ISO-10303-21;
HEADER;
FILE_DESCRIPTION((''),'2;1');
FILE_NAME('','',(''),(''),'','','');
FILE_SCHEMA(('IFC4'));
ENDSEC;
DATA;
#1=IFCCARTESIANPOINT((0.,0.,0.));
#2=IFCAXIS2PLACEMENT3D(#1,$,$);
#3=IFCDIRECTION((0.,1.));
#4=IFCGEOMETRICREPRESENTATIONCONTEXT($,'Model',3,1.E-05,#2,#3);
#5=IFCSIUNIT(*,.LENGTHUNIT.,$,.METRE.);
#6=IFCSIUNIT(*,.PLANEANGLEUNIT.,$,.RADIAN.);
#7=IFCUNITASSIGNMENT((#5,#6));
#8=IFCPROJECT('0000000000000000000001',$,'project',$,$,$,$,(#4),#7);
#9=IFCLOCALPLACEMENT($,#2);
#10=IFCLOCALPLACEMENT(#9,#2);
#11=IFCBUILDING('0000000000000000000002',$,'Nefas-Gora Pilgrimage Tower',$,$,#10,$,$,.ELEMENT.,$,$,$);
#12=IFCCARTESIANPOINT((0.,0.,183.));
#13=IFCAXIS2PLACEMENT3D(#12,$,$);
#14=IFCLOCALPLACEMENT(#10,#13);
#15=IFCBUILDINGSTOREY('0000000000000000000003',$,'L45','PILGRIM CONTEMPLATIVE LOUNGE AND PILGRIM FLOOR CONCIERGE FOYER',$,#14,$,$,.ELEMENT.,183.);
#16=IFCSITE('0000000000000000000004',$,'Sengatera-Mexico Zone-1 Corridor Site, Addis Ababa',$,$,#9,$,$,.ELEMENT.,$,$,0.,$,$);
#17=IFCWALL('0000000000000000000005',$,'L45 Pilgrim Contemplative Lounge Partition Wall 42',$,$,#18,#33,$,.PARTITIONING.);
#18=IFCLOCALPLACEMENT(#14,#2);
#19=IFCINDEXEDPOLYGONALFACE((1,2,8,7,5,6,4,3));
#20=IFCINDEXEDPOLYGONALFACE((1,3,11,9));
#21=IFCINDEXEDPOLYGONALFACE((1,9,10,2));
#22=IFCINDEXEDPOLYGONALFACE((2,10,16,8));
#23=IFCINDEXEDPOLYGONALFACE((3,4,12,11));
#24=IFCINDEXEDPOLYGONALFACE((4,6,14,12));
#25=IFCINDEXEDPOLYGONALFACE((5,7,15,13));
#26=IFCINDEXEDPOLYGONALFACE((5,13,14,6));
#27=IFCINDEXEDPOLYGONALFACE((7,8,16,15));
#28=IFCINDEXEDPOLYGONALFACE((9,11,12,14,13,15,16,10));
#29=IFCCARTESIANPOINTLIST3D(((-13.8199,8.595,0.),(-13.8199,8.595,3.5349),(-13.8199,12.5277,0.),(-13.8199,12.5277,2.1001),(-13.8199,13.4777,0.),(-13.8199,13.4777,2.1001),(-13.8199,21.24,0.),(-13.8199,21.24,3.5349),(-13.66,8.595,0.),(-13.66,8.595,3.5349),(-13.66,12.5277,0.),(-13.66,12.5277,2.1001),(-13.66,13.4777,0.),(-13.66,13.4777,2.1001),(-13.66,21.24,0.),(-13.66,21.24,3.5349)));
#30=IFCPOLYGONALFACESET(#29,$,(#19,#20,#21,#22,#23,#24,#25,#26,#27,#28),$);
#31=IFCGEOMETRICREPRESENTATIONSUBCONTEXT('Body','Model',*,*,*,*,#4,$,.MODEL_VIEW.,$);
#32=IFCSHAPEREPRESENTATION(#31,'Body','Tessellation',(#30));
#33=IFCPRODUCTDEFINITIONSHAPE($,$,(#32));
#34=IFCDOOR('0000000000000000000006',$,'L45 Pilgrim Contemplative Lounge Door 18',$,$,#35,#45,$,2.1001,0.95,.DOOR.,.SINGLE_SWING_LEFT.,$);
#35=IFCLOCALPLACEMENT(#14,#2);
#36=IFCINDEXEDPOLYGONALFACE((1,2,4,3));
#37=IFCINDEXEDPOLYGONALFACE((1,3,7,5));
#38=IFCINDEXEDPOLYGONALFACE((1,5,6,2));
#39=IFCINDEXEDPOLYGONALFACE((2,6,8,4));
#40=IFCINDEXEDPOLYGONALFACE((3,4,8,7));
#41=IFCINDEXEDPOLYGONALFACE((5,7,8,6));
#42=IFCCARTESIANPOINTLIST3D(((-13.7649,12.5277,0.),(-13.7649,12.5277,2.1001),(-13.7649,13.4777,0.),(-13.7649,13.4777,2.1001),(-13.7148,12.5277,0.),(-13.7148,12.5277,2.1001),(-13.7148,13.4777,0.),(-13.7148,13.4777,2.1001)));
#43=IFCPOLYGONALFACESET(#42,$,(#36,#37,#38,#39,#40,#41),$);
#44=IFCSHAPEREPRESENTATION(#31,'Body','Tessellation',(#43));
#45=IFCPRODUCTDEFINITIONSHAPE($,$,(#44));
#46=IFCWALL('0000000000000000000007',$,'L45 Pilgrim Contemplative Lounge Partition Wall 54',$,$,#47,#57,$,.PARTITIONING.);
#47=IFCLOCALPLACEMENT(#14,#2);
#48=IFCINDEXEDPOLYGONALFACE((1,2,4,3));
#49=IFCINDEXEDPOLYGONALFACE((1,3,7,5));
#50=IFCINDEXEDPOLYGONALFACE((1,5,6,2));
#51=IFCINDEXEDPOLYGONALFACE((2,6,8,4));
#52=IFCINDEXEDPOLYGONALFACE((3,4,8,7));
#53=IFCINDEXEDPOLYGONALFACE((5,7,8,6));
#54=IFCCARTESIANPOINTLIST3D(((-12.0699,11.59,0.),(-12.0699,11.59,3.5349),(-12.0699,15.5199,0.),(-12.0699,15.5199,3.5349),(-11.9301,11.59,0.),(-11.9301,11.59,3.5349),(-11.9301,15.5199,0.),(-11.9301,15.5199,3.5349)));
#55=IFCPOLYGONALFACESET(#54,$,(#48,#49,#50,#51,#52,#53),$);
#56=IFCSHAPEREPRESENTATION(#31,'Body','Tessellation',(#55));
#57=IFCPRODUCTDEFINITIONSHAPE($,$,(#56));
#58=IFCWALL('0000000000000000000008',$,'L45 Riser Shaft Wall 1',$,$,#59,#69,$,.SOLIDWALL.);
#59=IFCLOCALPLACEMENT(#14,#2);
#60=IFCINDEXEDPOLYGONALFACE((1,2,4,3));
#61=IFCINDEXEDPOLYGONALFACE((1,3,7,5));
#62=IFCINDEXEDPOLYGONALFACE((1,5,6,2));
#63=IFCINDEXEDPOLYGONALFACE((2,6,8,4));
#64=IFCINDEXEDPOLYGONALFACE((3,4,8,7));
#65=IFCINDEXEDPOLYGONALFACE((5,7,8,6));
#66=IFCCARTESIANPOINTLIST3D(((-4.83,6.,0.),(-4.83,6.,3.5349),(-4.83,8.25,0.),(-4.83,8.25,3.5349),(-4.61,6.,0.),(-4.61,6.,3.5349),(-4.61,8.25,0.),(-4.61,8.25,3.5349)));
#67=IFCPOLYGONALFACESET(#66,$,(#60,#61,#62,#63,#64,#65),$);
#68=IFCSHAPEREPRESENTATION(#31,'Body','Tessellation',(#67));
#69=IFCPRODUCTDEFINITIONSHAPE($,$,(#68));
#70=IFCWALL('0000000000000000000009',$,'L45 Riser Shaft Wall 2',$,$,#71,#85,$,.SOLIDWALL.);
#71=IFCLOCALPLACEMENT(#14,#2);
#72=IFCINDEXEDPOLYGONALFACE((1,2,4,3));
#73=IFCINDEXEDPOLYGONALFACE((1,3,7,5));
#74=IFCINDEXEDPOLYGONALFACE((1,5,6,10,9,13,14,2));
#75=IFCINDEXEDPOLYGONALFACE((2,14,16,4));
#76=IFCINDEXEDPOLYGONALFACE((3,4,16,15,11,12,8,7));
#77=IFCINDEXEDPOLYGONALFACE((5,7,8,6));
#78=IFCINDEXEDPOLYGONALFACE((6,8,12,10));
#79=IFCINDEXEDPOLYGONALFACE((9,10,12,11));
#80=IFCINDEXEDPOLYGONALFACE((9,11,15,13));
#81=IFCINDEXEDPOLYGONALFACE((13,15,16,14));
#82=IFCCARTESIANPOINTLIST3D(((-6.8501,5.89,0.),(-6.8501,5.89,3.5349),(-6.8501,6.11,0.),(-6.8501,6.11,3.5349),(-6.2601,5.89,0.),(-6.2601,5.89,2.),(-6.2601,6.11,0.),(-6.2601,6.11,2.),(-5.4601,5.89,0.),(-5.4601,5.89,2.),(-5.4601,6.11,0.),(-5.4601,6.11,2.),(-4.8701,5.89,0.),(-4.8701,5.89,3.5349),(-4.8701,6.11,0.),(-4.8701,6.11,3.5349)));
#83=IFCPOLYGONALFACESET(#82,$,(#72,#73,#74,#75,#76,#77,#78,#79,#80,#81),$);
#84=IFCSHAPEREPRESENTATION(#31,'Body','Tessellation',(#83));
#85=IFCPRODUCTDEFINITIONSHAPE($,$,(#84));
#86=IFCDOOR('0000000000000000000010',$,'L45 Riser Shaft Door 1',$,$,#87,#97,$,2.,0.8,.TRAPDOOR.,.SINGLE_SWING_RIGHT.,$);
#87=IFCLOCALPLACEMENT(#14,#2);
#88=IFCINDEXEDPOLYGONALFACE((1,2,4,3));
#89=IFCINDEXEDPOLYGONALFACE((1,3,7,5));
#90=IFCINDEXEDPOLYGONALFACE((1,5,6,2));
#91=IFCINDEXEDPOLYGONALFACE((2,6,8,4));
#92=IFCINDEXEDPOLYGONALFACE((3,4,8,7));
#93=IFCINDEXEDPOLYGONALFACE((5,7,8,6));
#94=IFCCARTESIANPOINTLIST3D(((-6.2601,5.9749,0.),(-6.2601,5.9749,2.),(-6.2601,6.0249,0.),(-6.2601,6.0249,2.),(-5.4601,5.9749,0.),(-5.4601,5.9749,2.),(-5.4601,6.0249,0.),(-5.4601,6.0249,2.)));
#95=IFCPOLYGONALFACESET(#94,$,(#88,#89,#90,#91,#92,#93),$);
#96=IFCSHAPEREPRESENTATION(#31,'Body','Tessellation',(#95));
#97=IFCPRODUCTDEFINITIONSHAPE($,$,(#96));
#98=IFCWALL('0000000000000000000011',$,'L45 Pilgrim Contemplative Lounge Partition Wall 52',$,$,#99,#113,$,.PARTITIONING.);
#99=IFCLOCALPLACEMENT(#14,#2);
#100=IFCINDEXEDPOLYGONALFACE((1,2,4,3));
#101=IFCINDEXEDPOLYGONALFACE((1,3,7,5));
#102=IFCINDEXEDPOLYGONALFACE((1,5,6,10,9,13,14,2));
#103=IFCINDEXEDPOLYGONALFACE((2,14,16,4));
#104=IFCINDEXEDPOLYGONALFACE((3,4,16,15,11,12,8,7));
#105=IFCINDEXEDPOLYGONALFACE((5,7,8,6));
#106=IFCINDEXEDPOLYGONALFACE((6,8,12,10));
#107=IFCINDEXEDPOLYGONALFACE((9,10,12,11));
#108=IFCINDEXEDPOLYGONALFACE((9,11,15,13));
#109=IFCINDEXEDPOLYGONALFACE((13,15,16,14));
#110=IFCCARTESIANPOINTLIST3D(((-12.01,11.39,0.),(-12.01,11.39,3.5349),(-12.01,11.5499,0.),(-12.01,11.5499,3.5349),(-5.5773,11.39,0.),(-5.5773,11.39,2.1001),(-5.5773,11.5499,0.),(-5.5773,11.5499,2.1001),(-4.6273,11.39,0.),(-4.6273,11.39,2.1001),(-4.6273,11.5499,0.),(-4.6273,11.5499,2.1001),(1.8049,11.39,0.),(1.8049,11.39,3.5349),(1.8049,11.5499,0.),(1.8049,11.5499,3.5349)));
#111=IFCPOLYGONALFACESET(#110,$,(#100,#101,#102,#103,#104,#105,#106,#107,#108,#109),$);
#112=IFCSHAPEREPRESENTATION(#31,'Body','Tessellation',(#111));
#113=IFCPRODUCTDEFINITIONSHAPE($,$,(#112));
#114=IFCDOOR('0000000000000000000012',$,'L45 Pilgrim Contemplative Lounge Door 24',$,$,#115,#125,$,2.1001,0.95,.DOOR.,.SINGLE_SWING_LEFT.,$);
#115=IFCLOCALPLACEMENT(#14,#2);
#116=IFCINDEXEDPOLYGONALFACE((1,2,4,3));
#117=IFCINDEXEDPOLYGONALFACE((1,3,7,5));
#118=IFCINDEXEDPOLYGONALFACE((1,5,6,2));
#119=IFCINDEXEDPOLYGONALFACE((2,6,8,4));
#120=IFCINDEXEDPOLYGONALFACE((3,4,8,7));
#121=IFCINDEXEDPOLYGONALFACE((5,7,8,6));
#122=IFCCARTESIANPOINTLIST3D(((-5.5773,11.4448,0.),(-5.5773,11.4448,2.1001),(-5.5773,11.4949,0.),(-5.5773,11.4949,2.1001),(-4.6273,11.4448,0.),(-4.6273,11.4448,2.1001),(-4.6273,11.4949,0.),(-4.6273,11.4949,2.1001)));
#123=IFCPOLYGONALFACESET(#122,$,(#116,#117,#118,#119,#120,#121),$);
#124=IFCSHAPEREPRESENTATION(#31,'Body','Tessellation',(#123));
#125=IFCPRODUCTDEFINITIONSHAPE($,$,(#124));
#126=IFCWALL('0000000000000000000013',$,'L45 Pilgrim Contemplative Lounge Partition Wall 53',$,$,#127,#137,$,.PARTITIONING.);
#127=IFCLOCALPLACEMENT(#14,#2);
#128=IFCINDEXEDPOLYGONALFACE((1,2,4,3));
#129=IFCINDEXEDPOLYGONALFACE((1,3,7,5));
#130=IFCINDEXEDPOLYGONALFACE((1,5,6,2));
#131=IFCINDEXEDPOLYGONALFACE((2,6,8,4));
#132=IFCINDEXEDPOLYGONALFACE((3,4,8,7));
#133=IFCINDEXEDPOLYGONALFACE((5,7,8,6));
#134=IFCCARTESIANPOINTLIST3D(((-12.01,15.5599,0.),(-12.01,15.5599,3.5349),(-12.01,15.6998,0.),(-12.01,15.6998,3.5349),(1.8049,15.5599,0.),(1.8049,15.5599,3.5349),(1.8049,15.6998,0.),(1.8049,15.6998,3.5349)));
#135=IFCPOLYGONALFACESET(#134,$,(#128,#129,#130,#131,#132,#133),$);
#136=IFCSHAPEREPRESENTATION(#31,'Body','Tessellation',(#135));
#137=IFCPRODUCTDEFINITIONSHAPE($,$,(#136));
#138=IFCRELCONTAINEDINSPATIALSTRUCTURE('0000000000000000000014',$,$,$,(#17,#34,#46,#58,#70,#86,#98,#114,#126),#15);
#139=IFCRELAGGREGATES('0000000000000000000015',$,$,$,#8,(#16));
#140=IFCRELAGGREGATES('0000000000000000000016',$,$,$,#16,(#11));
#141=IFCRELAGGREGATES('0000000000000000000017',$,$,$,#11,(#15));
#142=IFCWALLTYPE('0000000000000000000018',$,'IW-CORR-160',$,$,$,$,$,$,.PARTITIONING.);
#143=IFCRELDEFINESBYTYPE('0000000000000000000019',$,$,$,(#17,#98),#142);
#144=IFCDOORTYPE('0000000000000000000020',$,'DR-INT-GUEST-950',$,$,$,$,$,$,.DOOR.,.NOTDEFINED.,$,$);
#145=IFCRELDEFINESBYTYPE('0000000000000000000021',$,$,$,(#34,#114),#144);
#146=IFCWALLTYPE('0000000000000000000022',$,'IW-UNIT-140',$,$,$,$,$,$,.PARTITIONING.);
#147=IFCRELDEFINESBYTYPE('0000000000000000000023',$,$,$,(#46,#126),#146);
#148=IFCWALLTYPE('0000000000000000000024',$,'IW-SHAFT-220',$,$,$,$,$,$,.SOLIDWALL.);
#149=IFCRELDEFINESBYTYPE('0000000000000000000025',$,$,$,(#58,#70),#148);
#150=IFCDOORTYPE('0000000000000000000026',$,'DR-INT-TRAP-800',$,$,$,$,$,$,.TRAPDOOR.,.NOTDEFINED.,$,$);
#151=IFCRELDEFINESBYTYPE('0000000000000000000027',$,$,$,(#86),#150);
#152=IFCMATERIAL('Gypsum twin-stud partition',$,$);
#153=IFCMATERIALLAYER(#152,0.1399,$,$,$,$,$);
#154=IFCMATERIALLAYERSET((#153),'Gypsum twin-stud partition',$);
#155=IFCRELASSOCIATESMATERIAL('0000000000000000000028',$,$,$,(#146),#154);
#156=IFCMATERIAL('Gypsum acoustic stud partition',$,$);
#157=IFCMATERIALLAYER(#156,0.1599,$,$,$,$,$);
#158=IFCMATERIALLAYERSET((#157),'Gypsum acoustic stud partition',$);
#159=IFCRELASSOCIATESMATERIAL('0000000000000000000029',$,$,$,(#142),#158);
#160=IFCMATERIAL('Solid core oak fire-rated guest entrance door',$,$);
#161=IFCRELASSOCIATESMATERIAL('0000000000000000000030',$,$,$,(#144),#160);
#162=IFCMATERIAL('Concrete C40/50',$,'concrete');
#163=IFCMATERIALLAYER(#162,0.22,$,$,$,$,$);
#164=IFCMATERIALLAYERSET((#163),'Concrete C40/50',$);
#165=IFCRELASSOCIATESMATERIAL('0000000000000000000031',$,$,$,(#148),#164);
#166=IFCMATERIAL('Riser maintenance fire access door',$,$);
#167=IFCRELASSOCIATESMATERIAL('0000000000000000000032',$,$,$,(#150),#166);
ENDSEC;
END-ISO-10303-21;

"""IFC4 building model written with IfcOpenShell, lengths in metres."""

from ifc_helpers import new_model, si_unit, direction, frame, frame_2d, origin, place, context, subcontext, project, spatial, rectangle, extrude, source, transform, mapped, material, layer, layer_set, type_object, element, fill, save


model = new_model("IFC4")

# Units and contexts
model_context = context("Model", 3, precision=1e-05, world=origin(), true_north=direction((0.0, 1.0)))
body_context = subcontext(model_context, "Body", "Model", "MODEL_VIEW")
ifc_project = project(units=[si_unit("LENGTHUNIT", "METRE"), si_unit("PLANEANGLEUNIT", "RADIAN")], contexts=[model_context])

# Site, building, storey
site_placement = place(None, origin())
site = spatial("IfcSite", under=ifc_project, at=site_placement, Name="Sengatera-Mexico Zone-1 Corridor Site, Addis Ababa", CompositionType="ELEMENT", RefElevation=0.0)
building_placement = place(site_placement, origin())
building = spatial("IfcBuilding", under=site, at=building_placement, Name="Nefas-Gora Pilgrimage Tower", CompositionType="ELEMENT")
storey_placement = place(building_placement, frame((0.0, 0.0, 183.0)))
storey = spatial("IfcBuildingStorey", under=building, at=storey_placement, Name="L45", Description="PILGRIM CONTEMPLATIVE LOUNGE AND PILGRIM FLOOR CONCIERGE FOYER", CompositionType="ELEMENT", Elevation=183.0)

# Shared definitions
ifc_material_1 = material(Name="Gypsum twin-stud partition")
ifc_layer_1 = layer(ifc_material_1, 0.1399)
ifc_layer_set_1 = layer_set([ifc_layer_1], Name="Gypsum twin-stud partition")
wall_type_1 = type_object("IfcWallType", Name="IW-UNIT-140", PredefinedType="PARTITIONING", material=ifc_layer_set_1)

# Wall, opening, door
ifc_material_2 = material(Name="Gypsum acoustic stud partition")
ifc_layer_2 = layer(ifc_material_2, 0.1599)
ifc_layer_set_2 = layer_set([ifc_layer_2], Name="Gypsum acoustic stud partition")
wall_type_2 = type_object("IfcWallType", Name="IW-CORR-160", PredefinedType="PARTITIONING", material=ifc_layer_set_2)
shared_shape_1 = source(origin(), body_context, "Body", "SweptSolid", [
    extrude(rectangle(XDim=12.645, YDim=0.1599, at=frame_2d((6.3225, 0.0))), origin(), (0.0, 0.0, 1.0), 3.5349),
])
wall_1_placement = place(storey_placement, frame((-13.74, 8.595, 0.0), z_axis=(0.0, 0.0, 1.0), x_axis=(0.0, 1.0, 0.0)))
wall_1 = element("IfcWall", 1, at=wall_1_placement, inside=storey, type_object=wall_type_2, Name="L45 Pilgrim Contemplative Lounge Partition Wall 42", PredefinedType="PARTITIONING", context=body_context, shape_type="MappedRepresentation", body=[
    mapped(shared_shape_1, transform((0.0, 0.0, 0.0), x_axis=(1.0, 0.0, 0.0), y_axis=(0.0, 1.0, 0.0), z_axis=(0.0, 0.0, 1.0), scale=1.0)),
])
opening_1_placement = place(wall_1_placement, frame((3.9326, 0.0, 0.0)))
opening_1 = element("IfcOpeningElement", 2, at=opening_1_placement, cuts=wall_1, PredefinedType="OPENING", context=body_context, shape_type="SweptSolid", body=[
    extrude(rectangle(XDim=0.95, YDim=2.1001, at=frame_2d((0.4751, 1.05))), frame((0.0, 0.0898, 0.0), z_axis=(0.0, -1.0, 0.0), x_axis=(1.0, 0.0, 0.0)), (0.0, 0.0, 1.0), 0.1799),
])
ifc_material_3 = material(Name="Solid core oak fire-rated guest entrance door")
door_type_1 = type_object("IfcDoorType", Name="DR-INT-GUEST-950", OperationType="NOTDEFINED", PredefinedType="DOOR", material=ifc_material_3)
shared_shape_2 = source(origin(), body_context, "Body", "SweptSolid", [
    extrude(rectangle(XDim=0.95, YDim=2.1001, at=frame_2d((0.4751, 1.05))), frame((0.0, 0.0249, 0.0), z_axis=(0.0, -1.0, 0.0), x_axis=(1.0, 0.0, 0.0)), (0.0, 0.0, 1.0), 0.05),
])
door_1_placement = place(opening_1_placement, origin())
door_1 = element("IfcDoor", 3, at=door_1_placement, inside=storey, type_object=door_type_1, Name="L45 Pilgrim Contemplative Lounge Door 18", OperationType="SINGLE_SWING_LEFT", OverallHeight=2.1001, OverallWidth=0.95, PredefinedType="DOOR", context=body_context, shape_type="MappedRepresentation", body=[
    mapped(shared_shape_2, transform((0.0, 0.0, 0.0), x_axis=(1.0, 0.0, 0.0), y_axis=(0.0, 1.0, 0.0), z_axis=(0.0, 0.0, 1.0), scale=1.0)),
])
fill(opening_1, door_1)

# Walls
shared_shape_3 = source(origin(), body_context, "Body", "SweptSolid", [
    extrude(rectangle(XDim=3.9299, YDim=0.1399, at=frame_2d((1.9648, 0.0))), origin(), (0.0, 0.0, 1.0), 3.5349),
])
wall_2_placement = place(storey_placement, frame((-12.0, 11.5901, 0.0), z_axis=(0.0, 0.0, 1.0), x_axis=(0.0, 1.0, 0.0)))
element("IfcWall", 4, at=wall_2_placement, inside=storey, type_object=wall_type_1, Name="L45 Pilgrim Contemplative Lounge Partition Wall 54", PredefinedType="PARTITIONING", context=body_context, shape_type="MappedRepresentation", body=[
    mapped(shared_shape_3, transform((0.0, 0.0, 0.0), x_axis=(1.0, 0.0, 0.0), y_axis=(0.0, 1.0, 0.0), z_axis=(0.0, 0.0, 1.0), scale=1.0)),
])
ifc_material_4 = material(Name="Concrete C40/50", Category="concrete")
ifc_layer_3 = layer(ifc_material_4, 0.22)
ifc_layer_set_3 = layer_set([ifc_layer_3], Name="Concrete C40/50")
wall_type_3 = type_object("IfcWallType", Name="IW-SHAFT-220", PredefinedType="SOLIDWALL", material=ifc_layer_set_3)
shared_shape_4 = source(origin(), body_context, "Body", "SweptSolid", [
    extrude(rectangle(XDim=2.25, YDim=0.22, at=frame_2d((1.125, 0.0))), origin(), (0.0, 0.0, 1.0), 3.5349),
])
wall_3_placement = place(storey_placement, frame((-4.72, 6.0, 0.0), z_axis=(0.0, 0.0, 1.0), x_axis=(0.0, 1.0, 0.0)))
element("IfcWall", 5, at=wall_3_placement, inside=storey, type_object=wall_type_3, Name="L45 Riser Shaft Wall 1", PredefinedType="SOLIDWALL", context=body_context, shape_type="MappedRepresentation", body=[
    mapped(shared_shape_4, transform((0.0, 0.0, 0.0), x_axis=(1.0, 0.0, 0.0), y_axis=(0.0, 1.0, 0.0), z_axis=(0.0, 0.0, 1.0), scale=1.0)),
])

# Walls, openings, doors
shared_shape_5 = source(origin(), body_context, "Body", "SweptSolid", [
    extrude(rectangle(XDim=1.98, YDim=0.22, at=frame_2d((0.99, 0.0))), origin(), (0.0, 0.0, 1.0), 3.5349),
])
wall_4_placement = place(storey_placement, frame((-6.8501, 6.0, 0.0), z_axis=(0.0, 0.0, 1.0), x_axis=(1.0, 0.0, 0.0)))
wall_4 = element("IfcWall", 6, at=wall_4_placement, inside=storey, type_object=wall_type_3, Name="L45 Riser Shaft Wall 2", PredefinedType="SOLIDWALL", context=body_context, shape_type="MappedRepresentation", body=[
    mapped(shared_shape_5, transform((0.0, 0.0, 0.0), x_axis=(1.0, 0.0, 0.0), y_axis=(0.0, 1.0, 0.0), z_axis=(0.0, 0.0, 1.0), scale=1.0)),
])
opening_2_placement = place(wall_4_placement, frame((0.5901, 0.0, 0.0)))
opening_2 = element("IfcOpeningElement", 7, at=opening_2_placement, cuts=wall_4, PredefinedType="OPENING", context=body_context, shape_type="SweptSolid", body=[
    extrude(rectangle(XDim=0.8, YDim=2.0, at=frame_2d((0.3999, 1.0))), frame((0.0, 0.1199, 0.0), z_axis=(0.0, -1.0, 0.0), x_axis=(1.0, 0.0, 0.0)), (0.0, 0.0, 1.0), 0.24),
])
ifc_material_5 = material(Name="Riser maintenance fire access door")
door_type_2 = type_object("IfcDoorType", Name="DR-INT-TRAP-800", OperationType="NOTDEFINED", PredefinedType="TRAPDOOR", material=ifc_material_5)
shared_shape_6 = source(origin(), body_context, "Body", "SweptSolid", [
    extrude(rectangle(XDim=0.8, YDim=2.0, at=frame_2d((0.3999, 1.0))), frame((0.0, 0.0249, 0.0), z_axis=(0.0, -1.0, 0.0), x_axis=(1.0, 0.0, 0.0)), (0.0, 0.0, 1.0), 0.05),
])
door_2_placement = place(opening_2_placement, origin())
door_2 = element("IfcDoor", 8, at=door_2_placement, inside=storey, type_object=door_type_2, Name="L45 Riser Shaft Door 1", OperationType="SINGLE_SWING_RIGHT", OverallHeight=2.0, OverallWidth=0.8, PredefinedType="TRAPDOOR", context=body_context, shape_type="MappedRepresentation", body=[
    mapped(shared_shape_6, transform((0.0, 0.0, 0.0), x_axis=(1.0, 0.0, 0.0), y_axis=(0.0, 1.0, 0.0), z_axis=(0.0, 0.0, 1.0), scale=1.0)),
])
fill(opening_2, door_2)
shared_shape_7 = source(origin(), body_context, "Body", "SweptSolid", [
    extrude(rectangle(XDim=13.8149, YDim=0.1599, at=frame_2d((6.9075, 0.0))), origin(), (0.0, 0.0, 1.0), 3.5349),
])
wall_5_placement = place(storey_placement, frame((-12.01, 11.47, 0.0), z_axis=(0.0, 0.0, 1.0), x_axis=(1.0, 0.0, 0.0)))
wall_5 = element("IfcWall", 9, at=wall_5_placement, inside=storey, type_object=wall_type_2, Name="L45 Pilgrim Contemplative Lounge Partition Wall 52", PredefinedType="PARTITIONING", context=body_context, shape_type="MappedRepresentation", body=[
    mapped(shared_shape_7, transform((0.0, 0.0, 0.0), x_axis=(1.0, 0.0, 0.0), y_axis=(0.0, 1.0, 0.0), z_axis=(0.0, 0.0, 1.0), scale=1.0)),
])
opening_3_placement = place(wall_5_placement, frame((6.4326, 0.0, 0.0)))
opening_3 = element("IfcOpeningElement", 10, at=opening_3_placement, cuts=wall_5, PredefinedType="OPENING", context=body_context, shape_type="SweptSolid", body=[
    extrude(rectangle(XDim=0.95, YDim=2.1001, at=frame_2d((0.4751, 1.05))), frame((0.0, 0.0898, 0.0), z_axis=(0.0, -1.0, 0.0), x_axis=(1.0, 0.0, 0.0)), (0.0, 0.0, 1.0), 0.1799),
])
door_3_placement = place(opening_3_placement, origin())
door_3 = element("IfcDoor", 11, at=door_3_placement, inside=storey, type_object=door_type_1, Name="L45 Pilgrim Contemplative Lounge Door 24", OperationType="SINGLE_SWING_LEFT", OverallHeight=2.1001, OverallWidth=0.95, PredefinedType="DOOR", context=body_context, shape_type="MappedRepresentation", body=[
    mapped(shared_shape_2, transform((0.0, 0.0, 0.0), x_axis=(1.0, 0.0, 0.0), y_axis=(0.0, 1.0, 0.0), z_axis=(0.0, 0.0, 1.0), scale=1.0)),
])
fill(opening_3, door_3)

# Wall
shared_shape_8 = source(origin(), body_context, "Body", "SweptSolid", [
    extrude(rectangle(XDim=13.8149, YDim=0.1399, at=frame_2d((6.9075, 0.0))), origin(), (0.0, 0.0, 1.0), 3.5349),
])
wall_6_placement = place(storey_placement, frame((-12.01, 15.6299, 0.0), z_axis=(0.0, 0.0, 1.0), x_axis=(1.0, 0.0, 0.0)))
element("IfcWall", 12, at=wall_6_placement, inside=storey, type_object=wall_type_1, Name="L45 Pilgrim Contemplative Lounge Partition Wall 53", PredefinedType="PARTITIONING", context=body_context, shape_type="MappedRepresentation", body=[
    mapped(shared_shape_8, transform((0.0, 0.0, 0.0), x_axis=(1.0, 0.0, 0.0), y_axis=(0.0, 1.0, 0.0), z_axis=(0.0, 0.0, 1.0), scale=1.0)),
])

save(model, "model.ifc")
